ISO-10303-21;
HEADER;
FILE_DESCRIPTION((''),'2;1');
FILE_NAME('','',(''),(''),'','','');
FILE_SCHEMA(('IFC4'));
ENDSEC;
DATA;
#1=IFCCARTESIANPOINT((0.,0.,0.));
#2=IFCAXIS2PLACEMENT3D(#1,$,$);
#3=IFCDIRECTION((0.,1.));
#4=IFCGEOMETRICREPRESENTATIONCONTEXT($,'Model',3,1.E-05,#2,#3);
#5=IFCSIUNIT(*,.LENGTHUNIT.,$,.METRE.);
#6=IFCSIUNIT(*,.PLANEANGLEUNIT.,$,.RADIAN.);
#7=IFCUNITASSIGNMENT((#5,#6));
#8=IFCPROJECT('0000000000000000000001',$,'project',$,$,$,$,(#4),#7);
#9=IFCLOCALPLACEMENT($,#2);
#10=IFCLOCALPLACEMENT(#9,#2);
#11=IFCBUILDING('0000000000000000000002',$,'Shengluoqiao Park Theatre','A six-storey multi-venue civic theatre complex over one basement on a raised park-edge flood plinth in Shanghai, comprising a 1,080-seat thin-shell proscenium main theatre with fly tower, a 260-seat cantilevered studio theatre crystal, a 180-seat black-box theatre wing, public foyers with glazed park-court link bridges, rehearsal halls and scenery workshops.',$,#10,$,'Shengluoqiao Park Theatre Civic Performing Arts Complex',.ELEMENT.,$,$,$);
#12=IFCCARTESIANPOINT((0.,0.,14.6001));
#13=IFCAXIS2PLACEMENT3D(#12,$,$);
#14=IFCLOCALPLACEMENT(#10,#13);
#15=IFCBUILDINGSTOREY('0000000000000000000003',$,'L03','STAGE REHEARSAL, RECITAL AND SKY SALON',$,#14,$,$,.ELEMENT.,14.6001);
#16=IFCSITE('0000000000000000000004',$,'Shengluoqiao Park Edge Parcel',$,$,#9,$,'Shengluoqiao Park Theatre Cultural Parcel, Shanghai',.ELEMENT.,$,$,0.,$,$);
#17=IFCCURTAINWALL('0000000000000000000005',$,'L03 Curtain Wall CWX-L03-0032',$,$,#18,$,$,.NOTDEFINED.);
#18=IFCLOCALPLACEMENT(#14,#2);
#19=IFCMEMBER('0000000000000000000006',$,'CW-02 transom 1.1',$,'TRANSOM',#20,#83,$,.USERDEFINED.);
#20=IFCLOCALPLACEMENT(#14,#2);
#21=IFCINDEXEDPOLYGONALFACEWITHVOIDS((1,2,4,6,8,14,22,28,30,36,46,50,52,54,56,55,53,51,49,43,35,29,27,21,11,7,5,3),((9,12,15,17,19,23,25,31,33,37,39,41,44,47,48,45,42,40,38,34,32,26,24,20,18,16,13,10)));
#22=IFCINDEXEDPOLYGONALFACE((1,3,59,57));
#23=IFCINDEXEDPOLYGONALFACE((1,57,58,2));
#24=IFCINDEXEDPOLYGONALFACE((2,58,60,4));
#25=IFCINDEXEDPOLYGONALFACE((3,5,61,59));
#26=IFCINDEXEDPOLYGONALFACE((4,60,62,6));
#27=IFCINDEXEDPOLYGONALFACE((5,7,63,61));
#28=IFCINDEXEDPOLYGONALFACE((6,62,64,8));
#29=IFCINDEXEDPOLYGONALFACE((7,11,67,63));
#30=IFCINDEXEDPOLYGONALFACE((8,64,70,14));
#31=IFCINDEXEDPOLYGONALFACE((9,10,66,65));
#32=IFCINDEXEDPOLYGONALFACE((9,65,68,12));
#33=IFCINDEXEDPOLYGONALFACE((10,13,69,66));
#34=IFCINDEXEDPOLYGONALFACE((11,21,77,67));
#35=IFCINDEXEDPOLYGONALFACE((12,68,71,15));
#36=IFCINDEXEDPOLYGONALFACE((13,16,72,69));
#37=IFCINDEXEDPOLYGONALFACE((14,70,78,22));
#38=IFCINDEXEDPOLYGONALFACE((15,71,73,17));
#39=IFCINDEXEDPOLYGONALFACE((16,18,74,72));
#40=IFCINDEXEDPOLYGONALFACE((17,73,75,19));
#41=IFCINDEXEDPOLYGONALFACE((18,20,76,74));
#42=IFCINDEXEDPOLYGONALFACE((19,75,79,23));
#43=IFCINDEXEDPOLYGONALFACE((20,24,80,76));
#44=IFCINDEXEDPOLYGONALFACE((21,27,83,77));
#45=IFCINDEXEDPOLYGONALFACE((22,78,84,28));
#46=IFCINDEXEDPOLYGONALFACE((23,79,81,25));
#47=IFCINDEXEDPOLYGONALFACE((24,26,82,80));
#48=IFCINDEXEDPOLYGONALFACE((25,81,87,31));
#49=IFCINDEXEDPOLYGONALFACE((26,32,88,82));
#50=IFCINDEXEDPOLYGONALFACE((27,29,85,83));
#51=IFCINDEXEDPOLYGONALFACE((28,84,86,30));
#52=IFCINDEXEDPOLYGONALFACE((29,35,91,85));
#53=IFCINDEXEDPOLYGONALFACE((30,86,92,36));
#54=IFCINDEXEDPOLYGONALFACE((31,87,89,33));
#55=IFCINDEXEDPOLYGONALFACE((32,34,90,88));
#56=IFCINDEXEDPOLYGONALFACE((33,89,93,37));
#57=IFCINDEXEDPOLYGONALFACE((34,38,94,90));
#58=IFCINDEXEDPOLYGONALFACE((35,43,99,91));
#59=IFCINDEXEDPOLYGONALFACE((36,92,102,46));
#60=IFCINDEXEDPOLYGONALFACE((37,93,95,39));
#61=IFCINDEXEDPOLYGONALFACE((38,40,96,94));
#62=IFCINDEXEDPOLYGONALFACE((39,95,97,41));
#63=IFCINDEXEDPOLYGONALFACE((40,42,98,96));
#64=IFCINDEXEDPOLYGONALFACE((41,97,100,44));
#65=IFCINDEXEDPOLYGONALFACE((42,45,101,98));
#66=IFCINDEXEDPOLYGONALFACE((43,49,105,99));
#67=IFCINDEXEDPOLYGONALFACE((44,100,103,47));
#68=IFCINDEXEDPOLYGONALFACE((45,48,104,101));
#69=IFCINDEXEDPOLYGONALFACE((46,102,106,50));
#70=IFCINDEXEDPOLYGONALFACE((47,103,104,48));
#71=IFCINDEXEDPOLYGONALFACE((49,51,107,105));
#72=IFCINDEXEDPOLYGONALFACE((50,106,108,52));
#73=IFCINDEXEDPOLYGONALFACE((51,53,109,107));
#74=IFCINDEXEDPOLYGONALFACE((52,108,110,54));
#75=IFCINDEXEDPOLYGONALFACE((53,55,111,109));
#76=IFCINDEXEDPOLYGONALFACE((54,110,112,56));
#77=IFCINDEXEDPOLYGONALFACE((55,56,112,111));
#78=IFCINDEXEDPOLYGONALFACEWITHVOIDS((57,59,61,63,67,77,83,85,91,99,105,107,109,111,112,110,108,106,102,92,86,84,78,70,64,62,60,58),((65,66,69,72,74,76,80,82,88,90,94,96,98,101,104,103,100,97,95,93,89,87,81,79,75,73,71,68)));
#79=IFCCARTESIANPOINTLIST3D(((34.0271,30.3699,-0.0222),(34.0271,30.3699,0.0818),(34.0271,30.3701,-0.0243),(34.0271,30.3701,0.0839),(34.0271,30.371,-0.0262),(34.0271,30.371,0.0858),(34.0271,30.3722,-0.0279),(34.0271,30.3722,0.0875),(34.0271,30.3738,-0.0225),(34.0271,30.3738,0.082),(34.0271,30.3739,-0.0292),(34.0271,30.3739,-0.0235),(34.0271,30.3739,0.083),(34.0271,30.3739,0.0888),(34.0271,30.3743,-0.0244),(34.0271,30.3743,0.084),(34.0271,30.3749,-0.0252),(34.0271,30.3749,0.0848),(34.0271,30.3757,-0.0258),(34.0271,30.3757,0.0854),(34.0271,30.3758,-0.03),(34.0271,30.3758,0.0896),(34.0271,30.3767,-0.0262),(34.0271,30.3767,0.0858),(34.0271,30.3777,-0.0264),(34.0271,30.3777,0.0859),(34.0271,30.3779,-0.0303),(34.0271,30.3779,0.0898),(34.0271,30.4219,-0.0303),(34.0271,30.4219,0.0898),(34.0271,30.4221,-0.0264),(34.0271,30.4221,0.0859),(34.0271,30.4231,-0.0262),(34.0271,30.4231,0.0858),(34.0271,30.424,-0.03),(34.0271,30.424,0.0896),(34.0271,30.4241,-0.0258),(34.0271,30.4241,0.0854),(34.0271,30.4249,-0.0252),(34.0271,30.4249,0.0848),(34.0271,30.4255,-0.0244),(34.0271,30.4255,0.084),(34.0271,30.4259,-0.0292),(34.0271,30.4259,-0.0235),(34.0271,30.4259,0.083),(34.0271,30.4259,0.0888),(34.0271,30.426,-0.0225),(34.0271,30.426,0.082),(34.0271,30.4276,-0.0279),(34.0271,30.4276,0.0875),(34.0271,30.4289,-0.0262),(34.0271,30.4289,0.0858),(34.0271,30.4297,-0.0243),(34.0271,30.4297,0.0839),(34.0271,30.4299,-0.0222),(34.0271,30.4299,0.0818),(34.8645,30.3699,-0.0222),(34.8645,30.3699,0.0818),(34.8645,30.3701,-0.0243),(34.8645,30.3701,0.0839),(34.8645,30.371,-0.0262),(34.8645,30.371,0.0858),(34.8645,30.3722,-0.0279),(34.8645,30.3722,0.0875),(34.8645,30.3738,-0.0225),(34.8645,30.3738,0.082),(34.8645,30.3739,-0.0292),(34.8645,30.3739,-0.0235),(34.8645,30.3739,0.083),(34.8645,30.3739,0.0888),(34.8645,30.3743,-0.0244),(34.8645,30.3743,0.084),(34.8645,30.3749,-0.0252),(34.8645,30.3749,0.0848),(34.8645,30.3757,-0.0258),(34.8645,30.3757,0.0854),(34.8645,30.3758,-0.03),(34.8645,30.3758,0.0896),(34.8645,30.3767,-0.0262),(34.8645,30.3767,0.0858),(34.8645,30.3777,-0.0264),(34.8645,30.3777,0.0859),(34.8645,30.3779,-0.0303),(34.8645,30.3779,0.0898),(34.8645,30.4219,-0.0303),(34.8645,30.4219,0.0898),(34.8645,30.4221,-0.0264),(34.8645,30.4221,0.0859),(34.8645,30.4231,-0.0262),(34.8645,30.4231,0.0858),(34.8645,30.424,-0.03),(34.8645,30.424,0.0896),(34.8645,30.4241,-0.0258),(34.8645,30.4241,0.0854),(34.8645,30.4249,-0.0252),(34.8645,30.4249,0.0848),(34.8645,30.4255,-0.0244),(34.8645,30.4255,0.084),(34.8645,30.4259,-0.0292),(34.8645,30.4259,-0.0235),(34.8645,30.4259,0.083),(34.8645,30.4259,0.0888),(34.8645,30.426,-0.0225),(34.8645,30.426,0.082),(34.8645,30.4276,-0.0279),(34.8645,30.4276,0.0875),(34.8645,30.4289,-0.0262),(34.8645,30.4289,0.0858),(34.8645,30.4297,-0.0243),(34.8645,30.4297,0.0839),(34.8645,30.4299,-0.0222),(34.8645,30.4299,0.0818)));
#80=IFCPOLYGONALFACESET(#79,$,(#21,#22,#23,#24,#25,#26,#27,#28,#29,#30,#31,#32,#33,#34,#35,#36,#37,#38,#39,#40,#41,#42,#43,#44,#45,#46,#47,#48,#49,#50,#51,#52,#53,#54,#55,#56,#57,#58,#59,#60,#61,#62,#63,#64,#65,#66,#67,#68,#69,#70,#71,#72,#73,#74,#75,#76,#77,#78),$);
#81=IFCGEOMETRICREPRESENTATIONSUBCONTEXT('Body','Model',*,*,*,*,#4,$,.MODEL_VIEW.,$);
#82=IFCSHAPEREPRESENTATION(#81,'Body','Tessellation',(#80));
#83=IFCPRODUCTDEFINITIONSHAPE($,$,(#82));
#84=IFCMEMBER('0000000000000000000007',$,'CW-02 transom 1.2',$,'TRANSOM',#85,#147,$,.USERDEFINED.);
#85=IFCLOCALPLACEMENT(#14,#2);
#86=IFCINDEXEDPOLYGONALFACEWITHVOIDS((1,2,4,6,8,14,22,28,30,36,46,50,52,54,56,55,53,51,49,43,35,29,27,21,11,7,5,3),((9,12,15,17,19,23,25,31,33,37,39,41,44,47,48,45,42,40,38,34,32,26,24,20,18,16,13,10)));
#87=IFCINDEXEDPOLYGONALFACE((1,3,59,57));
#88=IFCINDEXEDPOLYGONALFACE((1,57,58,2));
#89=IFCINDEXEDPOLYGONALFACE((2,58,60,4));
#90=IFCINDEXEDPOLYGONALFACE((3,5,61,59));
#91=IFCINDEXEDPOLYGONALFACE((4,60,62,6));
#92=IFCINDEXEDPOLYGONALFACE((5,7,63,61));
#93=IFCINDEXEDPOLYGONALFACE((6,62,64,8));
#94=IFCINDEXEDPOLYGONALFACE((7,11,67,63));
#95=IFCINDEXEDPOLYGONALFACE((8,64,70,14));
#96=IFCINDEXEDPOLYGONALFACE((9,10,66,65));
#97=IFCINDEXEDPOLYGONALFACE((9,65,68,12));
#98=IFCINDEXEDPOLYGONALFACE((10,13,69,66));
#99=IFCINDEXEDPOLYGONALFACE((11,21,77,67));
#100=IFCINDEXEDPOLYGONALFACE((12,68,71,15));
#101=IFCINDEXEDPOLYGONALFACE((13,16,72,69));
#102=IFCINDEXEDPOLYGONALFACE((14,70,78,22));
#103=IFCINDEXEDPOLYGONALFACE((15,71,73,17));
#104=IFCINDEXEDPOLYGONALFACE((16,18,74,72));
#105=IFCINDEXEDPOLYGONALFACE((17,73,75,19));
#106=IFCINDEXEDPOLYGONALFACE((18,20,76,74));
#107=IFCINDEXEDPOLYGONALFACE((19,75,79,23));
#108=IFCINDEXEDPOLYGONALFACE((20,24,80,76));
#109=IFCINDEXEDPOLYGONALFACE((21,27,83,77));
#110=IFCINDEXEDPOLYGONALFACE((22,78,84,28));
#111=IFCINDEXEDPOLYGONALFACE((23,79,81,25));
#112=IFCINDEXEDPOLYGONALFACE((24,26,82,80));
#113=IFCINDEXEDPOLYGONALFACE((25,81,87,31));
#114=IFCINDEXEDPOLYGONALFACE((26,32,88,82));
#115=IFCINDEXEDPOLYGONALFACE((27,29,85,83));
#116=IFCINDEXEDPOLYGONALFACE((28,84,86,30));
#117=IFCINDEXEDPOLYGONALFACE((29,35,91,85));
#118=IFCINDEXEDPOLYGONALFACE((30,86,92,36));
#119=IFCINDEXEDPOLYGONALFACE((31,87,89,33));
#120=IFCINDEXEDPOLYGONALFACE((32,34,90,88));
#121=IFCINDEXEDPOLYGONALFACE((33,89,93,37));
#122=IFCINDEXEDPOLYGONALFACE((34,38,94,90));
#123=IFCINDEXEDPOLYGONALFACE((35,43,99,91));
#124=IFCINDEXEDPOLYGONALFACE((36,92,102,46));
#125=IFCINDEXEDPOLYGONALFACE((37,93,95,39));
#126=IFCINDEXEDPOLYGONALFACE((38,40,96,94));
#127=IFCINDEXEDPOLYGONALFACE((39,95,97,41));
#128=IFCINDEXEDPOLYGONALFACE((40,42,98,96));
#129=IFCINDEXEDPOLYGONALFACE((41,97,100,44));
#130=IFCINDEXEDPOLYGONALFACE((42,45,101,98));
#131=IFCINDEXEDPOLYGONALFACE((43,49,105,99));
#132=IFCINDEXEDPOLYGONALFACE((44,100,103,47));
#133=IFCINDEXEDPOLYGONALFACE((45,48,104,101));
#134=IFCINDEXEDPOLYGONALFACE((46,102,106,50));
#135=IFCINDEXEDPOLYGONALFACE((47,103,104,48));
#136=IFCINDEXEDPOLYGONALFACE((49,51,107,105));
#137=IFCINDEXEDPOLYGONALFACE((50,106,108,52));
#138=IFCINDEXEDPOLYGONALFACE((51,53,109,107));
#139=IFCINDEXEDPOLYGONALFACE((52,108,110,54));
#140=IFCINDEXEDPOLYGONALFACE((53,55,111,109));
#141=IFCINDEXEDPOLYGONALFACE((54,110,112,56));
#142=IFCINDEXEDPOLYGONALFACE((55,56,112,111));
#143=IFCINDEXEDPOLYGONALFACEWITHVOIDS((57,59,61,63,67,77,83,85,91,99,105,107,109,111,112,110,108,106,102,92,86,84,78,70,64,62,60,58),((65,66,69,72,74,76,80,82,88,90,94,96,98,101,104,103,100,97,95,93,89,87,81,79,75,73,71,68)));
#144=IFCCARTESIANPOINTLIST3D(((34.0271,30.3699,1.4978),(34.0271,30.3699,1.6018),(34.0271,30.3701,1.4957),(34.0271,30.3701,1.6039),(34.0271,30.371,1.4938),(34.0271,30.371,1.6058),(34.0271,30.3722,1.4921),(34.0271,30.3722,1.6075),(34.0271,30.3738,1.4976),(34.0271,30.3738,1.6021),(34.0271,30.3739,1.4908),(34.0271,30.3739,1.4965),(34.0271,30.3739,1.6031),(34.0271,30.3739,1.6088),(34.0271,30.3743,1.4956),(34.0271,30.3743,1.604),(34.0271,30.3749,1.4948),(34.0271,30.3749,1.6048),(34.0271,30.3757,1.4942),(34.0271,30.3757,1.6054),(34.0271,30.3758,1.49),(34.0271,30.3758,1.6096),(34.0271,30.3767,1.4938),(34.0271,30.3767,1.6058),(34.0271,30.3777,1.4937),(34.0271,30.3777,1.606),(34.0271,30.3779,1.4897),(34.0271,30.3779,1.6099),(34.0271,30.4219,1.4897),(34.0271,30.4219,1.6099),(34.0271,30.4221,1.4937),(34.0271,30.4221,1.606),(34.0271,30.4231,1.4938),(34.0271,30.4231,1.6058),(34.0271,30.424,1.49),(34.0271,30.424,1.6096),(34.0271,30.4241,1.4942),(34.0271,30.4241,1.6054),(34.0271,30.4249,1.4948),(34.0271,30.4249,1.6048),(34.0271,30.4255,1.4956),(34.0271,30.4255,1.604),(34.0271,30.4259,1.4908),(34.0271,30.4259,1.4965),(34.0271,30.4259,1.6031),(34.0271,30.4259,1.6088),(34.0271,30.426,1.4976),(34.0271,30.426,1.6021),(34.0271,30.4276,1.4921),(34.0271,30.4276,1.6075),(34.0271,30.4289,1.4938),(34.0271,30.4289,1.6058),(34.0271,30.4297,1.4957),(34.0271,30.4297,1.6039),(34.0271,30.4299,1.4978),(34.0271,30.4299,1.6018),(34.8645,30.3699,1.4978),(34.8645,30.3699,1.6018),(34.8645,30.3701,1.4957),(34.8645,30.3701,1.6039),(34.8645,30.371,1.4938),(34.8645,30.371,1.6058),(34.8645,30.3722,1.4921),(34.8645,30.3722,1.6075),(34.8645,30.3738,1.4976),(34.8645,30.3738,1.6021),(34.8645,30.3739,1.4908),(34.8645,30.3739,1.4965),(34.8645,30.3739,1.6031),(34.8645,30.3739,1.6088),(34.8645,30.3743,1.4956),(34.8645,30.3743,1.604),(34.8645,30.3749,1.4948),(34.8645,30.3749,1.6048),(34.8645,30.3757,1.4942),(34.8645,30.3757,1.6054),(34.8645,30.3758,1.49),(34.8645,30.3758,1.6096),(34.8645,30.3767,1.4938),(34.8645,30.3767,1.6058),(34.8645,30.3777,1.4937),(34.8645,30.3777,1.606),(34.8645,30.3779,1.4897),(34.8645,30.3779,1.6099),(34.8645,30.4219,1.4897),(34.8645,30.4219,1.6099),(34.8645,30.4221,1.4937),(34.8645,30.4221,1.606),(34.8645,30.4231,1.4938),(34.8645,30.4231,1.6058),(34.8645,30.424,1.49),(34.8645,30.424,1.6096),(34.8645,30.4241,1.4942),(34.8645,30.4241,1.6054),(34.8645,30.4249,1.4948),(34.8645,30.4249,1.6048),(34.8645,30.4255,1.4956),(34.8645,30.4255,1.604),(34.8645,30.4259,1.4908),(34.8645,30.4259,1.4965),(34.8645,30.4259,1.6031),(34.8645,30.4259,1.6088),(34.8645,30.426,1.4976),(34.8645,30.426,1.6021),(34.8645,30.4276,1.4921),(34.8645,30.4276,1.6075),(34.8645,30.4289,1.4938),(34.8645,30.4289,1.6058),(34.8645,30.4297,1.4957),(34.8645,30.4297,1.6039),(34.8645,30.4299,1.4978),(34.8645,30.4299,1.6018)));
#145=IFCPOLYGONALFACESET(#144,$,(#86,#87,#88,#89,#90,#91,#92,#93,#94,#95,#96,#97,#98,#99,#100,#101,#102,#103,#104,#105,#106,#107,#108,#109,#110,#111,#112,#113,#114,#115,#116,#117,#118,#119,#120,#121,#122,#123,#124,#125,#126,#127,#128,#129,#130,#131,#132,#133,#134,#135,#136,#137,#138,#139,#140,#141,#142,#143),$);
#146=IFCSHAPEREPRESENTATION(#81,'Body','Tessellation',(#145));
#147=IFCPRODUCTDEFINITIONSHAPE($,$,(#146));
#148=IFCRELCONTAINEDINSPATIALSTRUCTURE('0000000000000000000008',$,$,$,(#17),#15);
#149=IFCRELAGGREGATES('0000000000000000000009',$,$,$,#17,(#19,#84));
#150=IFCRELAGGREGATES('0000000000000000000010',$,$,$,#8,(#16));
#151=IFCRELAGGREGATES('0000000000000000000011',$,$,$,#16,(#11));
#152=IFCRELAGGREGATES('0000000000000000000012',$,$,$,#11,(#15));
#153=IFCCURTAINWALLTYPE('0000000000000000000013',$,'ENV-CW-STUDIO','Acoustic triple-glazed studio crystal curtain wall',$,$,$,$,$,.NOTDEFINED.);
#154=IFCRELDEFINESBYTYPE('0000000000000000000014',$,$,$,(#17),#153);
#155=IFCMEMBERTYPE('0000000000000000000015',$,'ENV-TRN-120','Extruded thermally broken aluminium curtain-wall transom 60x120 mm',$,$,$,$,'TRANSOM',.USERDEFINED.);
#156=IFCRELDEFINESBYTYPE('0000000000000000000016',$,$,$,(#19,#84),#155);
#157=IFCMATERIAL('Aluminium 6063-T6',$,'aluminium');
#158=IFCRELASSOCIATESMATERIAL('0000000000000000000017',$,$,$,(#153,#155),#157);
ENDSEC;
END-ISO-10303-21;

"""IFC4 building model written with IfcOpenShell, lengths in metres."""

from ifc_helpers import new_model, si_unit, direction, frame, origin, origin_2d, place, context, subcontext, project, spatial, hollow_rectangle, extrude, material, material_profile, profile_set, type_object, element, aggregate, save


model = new_model("IFC4")

# Units and contexts
model_context = context("Model", 3, precision=1e-05, world=origin(), true_north=direction((0.0, 1.0)))
body_context = subcontext(model_context, "Body", "Model", "MODEL_VIEW")
ifc_project = project(units=[si_unit("LENGTHUNIT", "METRE"), si_unit("PLANEANGLEUNIT", "RADIAN")], contexts=[model_context])

# Site, building, storey
site_placement = place(None, origin())
site = spatial("IfcSite", under=ifc_project, at=site_placement, Name="Shengluoqiao Park Edge Parcel", LongName="Shengluoqiao Park Theatre Cultural Parcel, Shanghai", CompositionType="ELEMENT", RefElevation=0.0)
building_placement = place(site_placement, origin())
building = spatial("IfcBuilding", under=site, at=building_placement, Name="Shengluoqiao Park Theatre", Description="A six-storey multi-venue civic theatre complex over one basement on a raised park-edge flood plinth in Shanghai, comprising a 1,080-seat thin-shell proscenium main theatre with fly tower, a 260-seat cantilevered studio theatre crystal, a 180-seat black-box theatre wing, public foyers with glazed park-court link bridges, rehearsal halls and scenery workshops.", LongName="Shengluoqiao Park Theatre Civic Performing Arts Complex", CompositionType="ELEMENT")
storey_placement = place(building_placement, frame((0.0, 0.0, 14.6001)))
storey = spatial("IfcBuildingStorey", under=building, at=storey_placement, Name="L03", Description="STAGE REHEARSAL, RECITAL AND SKY SALON", CompositionType="ELEMENT", Elevation=14.6001)

# Curtain wall, members
ifc_material_1 = material(Name="Aluminium 6063-T6", Category="aluminium")
curtain_wall_type = type_object("IfcCurtainWallType", Name="ENV-CW-STUDIO", Description="Acoustic triple-glazed studio crystal curtain wall", PredefinedType="NOTDEFINED", material=ifc_material_1)
curtain_wall_placement = place(storey_placement, origin())
curtain_wall = element("IfcCurtainWall", 1, at=curtain_wall_placement, inside=storey, type_object=curtain_wall_type, Name="L03 Curtain Wall CWX-L03-0032", PredefinedType="NOTDEFINED")
ifc_material_profile_1 = material_profile(ifc_material_1, hollow_rectangle(XDim=0.0601, YDim=0.1201, WallThickness=0.0039, InnerFilletRadius=0.0039, OuterFilletRadius=0.0081, at=origin_2d()), Name="ALU TRANSOM 120x60x4")
ifc_profile_set_1 = profile_set([ifc_material_profile_1], Name="Aluminium 6063-T6")
member_type_1 = type_object("IfcMemberType", Name="ENV-TRN-120", Description="Extruded thermally broken aluminium curtain-wall transom 60x120 mm", ElementType="TRANSOM", PredefinedType="USERDEFINED", material=ifc_profile_set_1)
member_1_placement = place(storey_placement, frame((34.0271, 30.3999, 0.0298), z_axis=(1.0, 0.0, 0.0), x_axis=(0.0, 1.0, 0.0)))
member_1 = element("IfcMember", 2, at=member_1_placement, type_object=member_type_1, Name="CW-02 transom 1.1", ObjectType="TRANSOM", PredefinedType="USERDEFINED", context=body_context, shape_type="SweptSolid", body=[
    extrude(hollow_rectangle(XDim=0.0601, YDim=0.1201, WallThickness=0.0039, InnerFilletRadius=0.0039, OuterFilletRadius=0.0081, at=origin_2d()), origin(), (0.0, 0.0, 1.0), 0.8374),
])
member_2_placement = place(storey_placement, frame((34.0271, 30.3999, 1.5498), z_axis=(1.0, 0.0, 0.0), x_axis=(0.0, 1.0, 0.0)))
member_2 = element("IfcMember", 3, at=member_2_placement, type_object=member_type_1, Name="CW-02 transom 1.2", ObjectType="TRANSOM", PredefinedType="USERDEFINED", context=body_context, shape_type="SweptSolid", body=[
    extrude(hollow_rectangle(XDim=0.0601, YDim=0.1201, WallThickness=0.0039, InnerFilletRadius=0.0039, OuterFilletRadius=0.0081, at=origin_2d()), origin(), (0.0, 0.0, 1.0), 0.8374),
])

aggregate(curtain_wall, [member_1, member_2])

save(model, "model.ifc")
